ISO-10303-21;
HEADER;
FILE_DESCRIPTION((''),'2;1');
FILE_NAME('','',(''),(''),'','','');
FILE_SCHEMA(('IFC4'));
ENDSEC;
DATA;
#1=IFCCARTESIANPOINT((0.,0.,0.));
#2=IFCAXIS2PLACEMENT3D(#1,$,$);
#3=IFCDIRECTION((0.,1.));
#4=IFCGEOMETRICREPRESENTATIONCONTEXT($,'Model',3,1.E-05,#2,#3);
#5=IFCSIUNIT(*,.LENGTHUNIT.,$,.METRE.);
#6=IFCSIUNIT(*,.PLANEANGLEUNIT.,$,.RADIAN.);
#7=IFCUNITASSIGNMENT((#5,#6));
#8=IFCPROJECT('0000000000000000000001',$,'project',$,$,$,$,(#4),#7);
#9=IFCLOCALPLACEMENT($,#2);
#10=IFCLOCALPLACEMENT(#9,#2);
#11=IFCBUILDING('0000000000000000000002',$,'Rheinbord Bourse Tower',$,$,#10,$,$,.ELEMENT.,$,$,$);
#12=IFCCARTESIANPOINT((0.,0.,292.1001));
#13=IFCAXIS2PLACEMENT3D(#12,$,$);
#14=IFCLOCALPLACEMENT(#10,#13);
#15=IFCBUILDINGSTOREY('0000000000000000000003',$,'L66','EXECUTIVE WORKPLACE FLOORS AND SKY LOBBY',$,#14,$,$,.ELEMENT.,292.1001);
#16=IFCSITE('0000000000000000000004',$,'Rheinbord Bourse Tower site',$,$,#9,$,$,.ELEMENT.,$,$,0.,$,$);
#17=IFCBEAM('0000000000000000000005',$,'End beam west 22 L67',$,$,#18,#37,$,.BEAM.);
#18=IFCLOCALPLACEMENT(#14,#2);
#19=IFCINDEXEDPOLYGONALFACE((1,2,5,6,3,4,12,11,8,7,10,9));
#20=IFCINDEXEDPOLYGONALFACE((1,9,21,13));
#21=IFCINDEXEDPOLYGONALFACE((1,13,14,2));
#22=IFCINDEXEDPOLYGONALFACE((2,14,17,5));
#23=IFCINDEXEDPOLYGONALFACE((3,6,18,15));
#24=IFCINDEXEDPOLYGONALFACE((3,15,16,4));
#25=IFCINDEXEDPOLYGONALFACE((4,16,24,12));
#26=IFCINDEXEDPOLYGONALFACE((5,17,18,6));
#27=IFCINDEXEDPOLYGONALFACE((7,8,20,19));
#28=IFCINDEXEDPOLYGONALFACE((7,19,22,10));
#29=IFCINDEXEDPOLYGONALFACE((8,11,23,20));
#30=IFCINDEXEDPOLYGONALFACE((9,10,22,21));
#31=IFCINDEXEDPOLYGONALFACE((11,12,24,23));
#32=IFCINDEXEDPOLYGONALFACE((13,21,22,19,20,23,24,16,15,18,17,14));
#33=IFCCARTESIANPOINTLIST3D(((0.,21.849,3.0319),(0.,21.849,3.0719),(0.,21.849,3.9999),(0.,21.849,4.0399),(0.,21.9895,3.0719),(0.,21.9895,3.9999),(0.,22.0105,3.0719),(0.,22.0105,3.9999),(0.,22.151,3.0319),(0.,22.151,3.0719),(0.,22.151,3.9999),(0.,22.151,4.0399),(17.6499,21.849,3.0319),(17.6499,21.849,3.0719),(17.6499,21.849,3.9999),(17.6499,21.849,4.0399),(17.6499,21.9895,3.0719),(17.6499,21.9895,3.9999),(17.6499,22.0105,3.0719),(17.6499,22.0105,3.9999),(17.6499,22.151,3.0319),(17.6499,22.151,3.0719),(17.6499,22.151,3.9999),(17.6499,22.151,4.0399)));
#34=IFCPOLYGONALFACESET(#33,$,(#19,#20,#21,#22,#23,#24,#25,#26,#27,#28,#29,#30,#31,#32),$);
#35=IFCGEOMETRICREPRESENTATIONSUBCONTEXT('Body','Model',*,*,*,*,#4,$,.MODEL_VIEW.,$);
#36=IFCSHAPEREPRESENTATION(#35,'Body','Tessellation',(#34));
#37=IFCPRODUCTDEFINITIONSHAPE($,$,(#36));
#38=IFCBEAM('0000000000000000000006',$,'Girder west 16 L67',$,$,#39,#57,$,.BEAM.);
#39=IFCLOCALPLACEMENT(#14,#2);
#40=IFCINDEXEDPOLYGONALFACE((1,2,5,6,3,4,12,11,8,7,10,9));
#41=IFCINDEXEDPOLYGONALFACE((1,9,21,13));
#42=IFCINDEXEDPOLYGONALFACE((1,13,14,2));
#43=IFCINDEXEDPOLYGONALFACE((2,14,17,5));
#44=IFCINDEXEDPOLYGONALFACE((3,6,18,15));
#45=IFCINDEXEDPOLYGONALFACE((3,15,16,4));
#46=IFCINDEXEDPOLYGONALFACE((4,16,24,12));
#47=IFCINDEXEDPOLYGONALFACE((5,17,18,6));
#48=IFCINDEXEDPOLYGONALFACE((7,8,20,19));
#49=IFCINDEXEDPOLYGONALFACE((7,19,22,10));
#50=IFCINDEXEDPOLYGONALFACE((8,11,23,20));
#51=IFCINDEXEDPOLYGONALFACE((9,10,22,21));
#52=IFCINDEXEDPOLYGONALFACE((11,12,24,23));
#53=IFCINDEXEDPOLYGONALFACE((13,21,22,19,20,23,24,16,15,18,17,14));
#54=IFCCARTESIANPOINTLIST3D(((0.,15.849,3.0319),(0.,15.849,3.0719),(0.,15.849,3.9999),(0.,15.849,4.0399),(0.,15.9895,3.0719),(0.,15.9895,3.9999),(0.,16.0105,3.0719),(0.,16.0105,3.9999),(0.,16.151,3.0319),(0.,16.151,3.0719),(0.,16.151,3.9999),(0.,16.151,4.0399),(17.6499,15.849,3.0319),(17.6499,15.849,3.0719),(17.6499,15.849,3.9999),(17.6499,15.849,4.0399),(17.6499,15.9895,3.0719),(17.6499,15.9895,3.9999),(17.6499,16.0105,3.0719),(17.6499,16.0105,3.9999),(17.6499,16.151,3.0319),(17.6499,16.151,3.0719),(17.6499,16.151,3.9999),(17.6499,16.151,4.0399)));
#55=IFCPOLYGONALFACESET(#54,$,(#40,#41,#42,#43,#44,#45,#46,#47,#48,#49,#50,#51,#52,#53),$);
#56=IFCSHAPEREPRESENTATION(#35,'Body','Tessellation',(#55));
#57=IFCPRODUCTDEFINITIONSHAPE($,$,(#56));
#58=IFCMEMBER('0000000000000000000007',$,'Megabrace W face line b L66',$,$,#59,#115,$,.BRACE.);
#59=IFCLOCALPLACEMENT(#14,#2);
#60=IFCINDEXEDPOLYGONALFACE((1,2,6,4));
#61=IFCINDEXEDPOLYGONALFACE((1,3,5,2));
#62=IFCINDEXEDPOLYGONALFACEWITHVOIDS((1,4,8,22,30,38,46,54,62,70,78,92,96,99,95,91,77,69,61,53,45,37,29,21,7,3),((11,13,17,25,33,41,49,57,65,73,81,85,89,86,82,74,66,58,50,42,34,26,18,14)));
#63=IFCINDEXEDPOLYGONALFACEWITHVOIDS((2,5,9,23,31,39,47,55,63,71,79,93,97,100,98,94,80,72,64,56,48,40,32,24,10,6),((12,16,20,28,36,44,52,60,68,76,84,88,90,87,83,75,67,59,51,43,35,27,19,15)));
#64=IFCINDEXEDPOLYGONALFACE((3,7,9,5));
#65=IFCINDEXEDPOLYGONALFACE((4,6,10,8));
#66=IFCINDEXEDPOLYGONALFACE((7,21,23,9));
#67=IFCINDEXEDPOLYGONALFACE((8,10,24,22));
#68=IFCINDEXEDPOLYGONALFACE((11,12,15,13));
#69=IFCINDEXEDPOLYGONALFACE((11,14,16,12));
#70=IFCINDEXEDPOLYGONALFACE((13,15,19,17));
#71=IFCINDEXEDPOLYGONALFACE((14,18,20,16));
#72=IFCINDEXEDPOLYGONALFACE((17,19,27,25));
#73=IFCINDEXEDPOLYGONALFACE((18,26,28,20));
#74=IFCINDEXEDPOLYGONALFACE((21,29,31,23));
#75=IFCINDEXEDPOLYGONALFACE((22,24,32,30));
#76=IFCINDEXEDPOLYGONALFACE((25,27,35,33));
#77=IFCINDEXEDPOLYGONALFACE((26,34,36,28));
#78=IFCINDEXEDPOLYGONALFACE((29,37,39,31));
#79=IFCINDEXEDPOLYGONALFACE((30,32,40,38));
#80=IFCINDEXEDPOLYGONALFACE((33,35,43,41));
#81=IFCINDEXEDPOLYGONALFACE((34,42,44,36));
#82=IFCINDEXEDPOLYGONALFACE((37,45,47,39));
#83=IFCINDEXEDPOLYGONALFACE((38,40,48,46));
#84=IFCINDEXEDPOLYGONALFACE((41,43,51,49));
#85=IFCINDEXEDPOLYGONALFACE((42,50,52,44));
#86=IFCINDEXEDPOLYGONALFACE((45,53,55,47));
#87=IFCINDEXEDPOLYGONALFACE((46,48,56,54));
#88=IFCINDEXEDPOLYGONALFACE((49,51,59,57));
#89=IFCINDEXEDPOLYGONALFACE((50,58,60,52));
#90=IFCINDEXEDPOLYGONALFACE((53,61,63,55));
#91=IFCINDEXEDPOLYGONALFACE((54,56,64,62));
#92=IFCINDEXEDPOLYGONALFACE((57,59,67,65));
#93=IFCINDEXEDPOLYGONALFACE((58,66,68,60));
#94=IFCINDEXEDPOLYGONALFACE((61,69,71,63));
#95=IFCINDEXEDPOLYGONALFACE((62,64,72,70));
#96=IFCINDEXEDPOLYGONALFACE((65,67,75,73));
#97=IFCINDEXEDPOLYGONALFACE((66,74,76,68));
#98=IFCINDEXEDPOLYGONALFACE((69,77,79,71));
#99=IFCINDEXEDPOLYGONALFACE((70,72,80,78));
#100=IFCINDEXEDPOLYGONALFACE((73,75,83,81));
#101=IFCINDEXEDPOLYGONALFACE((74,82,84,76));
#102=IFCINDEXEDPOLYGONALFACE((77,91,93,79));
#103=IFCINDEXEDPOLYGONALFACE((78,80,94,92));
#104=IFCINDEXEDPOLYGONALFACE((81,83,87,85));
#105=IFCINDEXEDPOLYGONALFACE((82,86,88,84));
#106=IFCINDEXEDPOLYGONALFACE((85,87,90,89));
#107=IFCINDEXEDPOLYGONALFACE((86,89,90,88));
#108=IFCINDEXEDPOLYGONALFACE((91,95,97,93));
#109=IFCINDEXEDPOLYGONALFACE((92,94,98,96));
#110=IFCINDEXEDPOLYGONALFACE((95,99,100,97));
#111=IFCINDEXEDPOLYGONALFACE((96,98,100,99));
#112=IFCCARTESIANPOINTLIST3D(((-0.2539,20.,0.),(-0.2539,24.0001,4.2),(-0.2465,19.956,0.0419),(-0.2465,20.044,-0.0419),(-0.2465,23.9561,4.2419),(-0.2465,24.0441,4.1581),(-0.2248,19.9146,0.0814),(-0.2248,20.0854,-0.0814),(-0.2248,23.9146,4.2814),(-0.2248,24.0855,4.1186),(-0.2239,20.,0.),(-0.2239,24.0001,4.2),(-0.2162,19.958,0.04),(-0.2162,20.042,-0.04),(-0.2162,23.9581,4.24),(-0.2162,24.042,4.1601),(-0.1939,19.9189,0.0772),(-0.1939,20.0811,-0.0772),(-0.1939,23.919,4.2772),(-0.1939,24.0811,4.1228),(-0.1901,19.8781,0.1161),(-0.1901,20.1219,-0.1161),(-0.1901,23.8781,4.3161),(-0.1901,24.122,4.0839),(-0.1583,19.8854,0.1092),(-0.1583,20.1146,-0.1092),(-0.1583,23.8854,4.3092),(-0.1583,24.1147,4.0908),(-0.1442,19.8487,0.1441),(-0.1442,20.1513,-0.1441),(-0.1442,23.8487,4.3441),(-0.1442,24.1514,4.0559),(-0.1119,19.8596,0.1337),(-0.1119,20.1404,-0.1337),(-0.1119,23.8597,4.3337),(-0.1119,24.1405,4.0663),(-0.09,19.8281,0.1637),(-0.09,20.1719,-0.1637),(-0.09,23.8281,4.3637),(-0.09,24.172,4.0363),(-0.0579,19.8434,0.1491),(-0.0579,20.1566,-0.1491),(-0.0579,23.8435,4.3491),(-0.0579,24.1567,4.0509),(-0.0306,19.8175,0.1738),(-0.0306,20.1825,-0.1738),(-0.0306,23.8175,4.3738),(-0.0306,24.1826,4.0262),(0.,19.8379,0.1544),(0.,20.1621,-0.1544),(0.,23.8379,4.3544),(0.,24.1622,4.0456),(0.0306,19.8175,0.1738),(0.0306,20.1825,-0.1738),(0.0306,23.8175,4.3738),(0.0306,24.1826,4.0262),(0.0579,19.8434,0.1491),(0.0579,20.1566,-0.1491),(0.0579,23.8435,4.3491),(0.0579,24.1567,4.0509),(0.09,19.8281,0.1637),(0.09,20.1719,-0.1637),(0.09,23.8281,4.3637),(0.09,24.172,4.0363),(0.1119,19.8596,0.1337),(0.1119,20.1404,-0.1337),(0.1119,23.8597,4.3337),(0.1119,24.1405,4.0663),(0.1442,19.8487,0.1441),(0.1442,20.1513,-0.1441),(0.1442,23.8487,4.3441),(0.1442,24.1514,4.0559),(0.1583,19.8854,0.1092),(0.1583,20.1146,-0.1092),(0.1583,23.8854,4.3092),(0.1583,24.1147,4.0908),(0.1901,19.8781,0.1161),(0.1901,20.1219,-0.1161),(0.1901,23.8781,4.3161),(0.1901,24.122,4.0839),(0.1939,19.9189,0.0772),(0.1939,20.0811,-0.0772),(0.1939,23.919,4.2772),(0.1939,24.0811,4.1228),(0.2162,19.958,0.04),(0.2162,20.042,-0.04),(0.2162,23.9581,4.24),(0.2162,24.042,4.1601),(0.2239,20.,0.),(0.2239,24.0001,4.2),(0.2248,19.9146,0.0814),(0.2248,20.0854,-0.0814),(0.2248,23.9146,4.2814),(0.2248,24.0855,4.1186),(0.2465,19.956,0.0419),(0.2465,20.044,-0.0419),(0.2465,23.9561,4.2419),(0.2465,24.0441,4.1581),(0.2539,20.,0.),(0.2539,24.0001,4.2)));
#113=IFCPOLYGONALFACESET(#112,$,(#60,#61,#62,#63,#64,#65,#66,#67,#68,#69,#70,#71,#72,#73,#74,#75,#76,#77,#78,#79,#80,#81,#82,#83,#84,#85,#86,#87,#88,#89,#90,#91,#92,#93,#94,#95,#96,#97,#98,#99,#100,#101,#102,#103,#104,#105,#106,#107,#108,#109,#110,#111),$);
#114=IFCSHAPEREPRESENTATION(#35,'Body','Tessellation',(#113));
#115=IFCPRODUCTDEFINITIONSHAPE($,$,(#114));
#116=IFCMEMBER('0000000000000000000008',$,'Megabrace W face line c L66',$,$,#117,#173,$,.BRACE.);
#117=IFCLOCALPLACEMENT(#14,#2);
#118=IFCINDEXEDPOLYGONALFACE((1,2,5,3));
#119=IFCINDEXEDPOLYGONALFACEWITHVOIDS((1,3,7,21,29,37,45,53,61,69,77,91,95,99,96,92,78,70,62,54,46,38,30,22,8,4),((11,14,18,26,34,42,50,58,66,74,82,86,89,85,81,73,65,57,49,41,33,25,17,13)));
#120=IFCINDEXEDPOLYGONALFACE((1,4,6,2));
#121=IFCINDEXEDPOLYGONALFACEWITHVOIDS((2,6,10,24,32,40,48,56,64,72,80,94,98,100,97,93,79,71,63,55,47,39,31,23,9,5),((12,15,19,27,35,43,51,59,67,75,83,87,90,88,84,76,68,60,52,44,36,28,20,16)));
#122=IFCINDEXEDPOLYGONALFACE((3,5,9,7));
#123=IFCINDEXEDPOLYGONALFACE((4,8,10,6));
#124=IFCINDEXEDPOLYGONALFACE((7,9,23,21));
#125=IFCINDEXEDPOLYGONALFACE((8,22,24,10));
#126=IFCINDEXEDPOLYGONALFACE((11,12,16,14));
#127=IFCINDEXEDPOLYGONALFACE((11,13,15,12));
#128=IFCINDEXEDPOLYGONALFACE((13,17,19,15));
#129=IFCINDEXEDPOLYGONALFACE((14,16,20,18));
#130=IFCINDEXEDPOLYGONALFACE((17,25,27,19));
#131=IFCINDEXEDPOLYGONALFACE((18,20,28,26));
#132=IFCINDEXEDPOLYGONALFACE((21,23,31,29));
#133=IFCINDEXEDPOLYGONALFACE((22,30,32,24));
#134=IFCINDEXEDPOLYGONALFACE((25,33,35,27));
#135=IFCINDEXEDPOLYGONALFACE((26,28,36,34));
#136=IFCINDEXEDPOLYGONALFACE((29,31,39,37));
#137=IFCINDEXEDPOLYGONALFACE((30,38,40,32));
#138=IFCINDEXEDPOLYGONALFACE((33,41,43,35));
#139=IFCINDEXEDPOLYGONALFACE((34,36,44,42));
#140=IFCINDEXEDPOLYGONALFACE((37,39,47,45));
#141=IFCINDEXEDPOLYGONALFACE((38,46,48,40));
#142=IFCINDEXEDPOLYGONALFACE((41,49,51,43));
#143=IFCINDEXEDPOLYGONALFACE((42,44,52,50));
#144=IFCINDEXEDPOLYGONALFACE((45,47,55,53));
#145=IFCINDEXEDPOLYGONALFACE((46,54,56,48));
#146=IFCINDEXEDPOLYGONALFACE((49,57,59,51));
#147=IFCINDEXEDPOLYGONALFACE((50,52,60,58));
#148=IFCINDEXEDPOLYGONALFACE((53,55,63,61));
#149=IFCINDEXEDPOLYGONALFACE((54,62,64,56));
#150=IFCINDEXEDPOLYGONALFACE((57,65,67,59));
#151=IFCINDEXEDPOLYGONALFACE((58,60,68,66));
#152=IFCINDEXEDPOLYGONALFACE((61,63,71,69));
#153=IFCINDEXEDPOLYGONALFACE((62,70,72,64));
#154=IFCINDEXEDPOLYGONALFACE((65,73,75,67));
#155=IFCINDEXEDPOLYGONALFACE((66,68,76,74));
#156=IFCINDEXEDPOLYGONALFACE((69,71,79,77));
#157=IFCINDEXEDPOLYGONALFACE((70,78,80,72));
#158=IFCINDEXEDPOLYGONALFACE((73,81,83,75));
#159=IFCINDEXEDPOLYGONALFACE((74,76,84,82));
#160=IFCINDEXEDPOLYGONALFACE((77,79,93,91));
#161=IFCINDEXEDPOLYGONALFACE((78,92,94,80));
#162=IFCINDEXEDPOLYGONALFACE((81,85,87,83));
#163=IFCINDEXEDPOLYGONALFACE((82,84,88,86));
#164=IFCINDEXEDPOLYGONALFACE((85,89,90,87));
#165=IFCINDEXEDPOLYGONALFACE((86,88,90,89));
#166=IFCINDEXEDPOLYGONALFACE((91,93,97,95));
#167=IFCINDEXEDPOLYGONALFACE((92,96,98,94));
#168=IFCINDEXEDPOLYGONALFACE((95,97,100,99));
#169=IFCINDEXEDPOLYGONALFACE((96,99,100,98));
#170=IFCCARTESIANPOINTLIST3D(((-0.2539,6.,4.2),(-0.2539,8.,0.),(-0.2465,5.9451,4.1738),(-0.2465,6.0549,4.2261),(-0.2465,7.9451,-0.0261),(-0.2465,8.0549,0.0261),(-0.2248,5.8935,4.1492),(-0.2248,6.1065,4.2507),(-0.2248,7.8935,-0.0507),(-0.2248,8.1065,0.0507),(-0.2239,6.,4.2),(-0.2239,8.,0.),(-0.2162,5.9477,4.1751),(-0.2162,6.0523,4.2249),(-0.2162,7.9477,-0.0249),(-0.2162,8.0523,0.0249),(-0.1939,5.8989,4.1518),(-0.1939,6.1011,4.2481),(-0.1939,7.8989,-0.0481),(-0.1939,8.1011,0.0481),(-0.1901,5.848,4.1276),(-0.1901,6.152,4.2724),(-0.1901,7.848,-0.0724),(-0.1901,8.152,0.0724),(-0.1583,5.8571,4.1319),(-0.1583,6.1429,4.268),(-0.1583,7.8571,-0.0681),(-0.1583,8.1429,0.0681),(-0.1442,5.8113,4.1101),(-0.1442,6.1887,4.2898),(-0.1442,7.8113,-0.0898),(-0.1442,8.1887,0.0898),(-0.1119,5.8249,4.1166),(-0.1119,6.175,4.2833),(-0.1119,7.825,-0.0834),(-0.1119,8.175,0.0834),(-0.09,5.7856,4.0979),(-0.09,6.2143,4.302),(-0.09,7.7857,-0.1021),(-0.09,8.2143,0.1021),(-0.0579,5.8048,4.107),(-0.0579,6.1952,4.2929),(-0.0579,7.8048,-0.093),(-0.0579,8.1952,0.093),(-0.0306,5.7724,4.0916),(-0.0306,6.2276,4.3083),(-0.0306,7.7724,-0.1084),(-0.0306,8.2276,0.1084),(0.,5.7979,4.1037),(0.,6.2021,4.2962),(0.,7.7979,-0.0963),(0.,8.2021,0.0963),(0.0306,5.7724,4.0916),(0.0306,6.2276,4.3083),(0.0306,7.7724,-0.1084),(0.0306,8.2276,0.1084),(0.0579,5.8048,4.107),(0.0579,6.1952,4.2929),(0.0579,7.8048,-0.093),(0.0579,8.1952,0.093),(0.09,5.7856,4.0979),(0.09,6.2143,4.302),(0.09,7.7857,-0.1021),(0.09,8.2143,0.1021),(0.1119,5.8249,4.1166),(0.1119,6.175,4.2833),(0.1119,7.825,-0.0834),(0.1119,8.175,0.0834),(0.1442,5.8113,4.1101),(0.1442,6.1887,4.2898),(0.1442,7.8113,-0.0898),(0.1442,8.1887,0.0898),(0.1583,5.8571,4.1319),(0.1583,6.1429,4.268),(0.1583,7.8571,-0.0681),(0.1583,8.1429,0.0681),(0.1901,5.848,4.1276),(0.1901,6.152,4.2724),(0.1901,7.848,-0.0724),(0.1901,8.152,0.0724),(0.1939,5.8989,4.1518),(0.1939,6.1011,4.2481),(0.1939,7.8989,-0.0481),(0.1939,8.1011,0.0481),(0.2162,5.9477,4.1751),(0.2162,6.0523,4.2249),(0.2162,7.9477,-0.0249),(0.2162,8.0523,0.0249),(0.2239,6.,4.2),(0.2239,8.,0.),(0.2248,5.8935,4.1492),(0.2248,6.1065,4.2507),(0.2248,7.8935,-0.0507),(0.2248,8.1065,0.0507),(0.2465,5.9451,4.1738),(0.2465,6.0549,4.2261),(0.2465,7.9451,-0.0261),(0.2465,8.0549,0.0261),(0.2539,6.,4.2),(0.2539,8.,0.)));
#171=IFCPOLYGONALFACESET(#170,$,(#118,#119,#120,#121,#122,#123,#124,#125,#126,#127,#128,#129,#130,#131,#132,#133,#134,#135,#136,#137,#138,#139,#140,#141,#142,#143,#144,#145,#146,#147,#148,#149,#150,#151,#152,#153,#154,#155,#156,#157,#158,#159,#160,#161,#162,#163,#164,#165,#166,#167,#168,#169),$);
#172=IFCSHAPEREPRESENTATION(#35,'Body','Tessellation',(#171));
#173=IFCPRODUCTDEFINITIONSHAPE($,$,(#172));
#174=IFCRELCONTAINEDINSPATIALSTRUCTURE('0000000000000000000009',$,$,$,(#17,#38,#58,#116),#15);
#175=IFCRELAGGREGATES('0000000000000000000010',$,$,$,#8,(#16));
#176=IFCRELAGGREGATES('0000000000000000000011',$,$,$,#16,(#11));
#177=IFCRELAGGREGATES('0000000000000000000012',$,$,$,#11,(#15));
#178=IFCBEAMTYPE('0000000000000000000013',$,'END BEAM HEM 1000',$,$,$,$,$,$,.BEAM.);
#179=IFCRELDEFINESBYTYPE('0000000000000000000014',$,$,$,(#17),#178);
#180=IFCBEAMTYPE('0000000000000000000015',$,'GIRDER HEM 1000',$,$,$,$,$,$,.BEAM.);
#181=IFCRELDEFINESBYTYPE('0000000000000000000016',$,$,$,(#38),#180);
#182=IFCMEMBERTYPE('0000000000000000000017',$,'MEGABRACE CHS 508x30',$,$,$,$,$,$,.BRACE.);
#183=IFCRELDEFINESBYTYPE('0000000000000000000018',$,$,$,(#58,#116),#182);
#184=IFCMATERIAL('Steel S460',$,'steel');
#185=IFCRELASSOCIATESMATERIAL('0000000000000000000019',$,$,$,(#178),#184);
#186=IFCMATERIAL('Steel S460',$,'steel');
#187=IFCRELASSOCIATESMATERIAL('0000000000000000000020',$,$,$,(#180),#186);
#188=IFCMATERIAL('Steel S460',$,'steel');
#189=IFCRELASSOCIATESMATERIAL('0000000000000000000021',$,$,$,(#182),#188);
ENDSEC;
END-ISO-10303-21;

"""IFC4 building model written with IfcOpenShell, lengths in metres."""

from ifc_helpers import new_model, si_unit, direction, frame, origin, origin_2d, place, context, subcontext, project, spatial, hollow_circle, i_section, extrude, material, material_profile, profile_set, type_object, element, save


model = new_model("IFC4")

# Units and contexts
model_context = context("Model", 3, precision=1e-05, world=origin(), true_north=direction((0.0, 1.0)))
body_context = subcontext(model_context, "Body", "Model", "MODEL_VIEW")
ifc_project = project(units=[si_unit("LENGTHUNIT", "METRE"), si_unit("PLANEANGLEUNIT", "RADIAN")], contexts=[model_context])

# Site, building, storey
site_placement = place(None, origin())
site = spatial("IfcSite", under=ifc_project, at=site_placement, Name="Rheinbord Bourse Tower site", CompositionType="ELEMENT", RefElevation=0.0)
building_placement = place(site_placement, origin())
building = spatial("IfcBuilding", under=site, at=building_placement, Name="Rheinbord Bourse Tower", CompositionType="ELEMENT")
storey_placement = place(building_placement, frame((0.0, 0.0, 292.1001)))
storey = spatial("IfcBuildingStorey", under=building, at=storey_placement, Name="L66", Description="EXECUTIVE WORKPLACE FLOORS AND SKY LOBBY", CompositionType="ELEMENT", Elevation=292.1001)

# Beams
ifc_material_1 = material(Name="Steel S460", Category="steel")
ifc_material_profile_1 = material_profile(ifc_material_1, i_section(OverallWidth=0.302, OverallDepth=1.0081, WebThickness=0.021, FlangeThickness=0.04, at=origin_2d()), Name="HEM 1000")
ifc_profile_set_1 = profile_set([ifc_material_profile_1], Name="Steel S460")
beam_type_1 = type_object("IfcBeamType", Name="END BEAM HEM 1000", PredefinedType="BEAM", material=ifc_profile_set_1)
for number, where, z_axis, x_axis, name in (
    (1, (0.0, 22.0, 3.5359), (1.0, 0.0, 0.0), (0.0, 1.0, 0.0), "End beam west 22 L67"),
):
    element("IfcBeam", number, at=place(storey_placement, frame(where, z_axis=z_axis, x_axis=x_axis)), inside=storey, type_object=beam_type_1, Name=name, PredefinedType="BEAM", context=body_context, shape_type="SweptSolid", body=[
        extrude(i_section(OverallWidth=0.302, OverallDepth=1.0081, WebThickness=0.021, FlangeThickness=0.04, at=origin_2d()), origin(), (0.0, 0.0, 1.0), 17.6499),
    ])
ifc_material_2 = material(Name="Steel S460", Category="steel")
ifc_material_profile_2 = material_profile(ifc_material_2, i_section(OverallWidth=0.302, OverallDepth=1.0081, WebThickness=0.021, FlangeThickness=0.04, at=origin_2d()), Name="HEM 1000")
ifc_profile_set_2 = profile_set([ifc_material_profile_2], Name="Steel S460")
beam_type_2 = type_object("IfcBeamType", Name="GIRDER HEM 1000", PredefinedType="BEAM", material=ifc_profile_set_2)
beam_1_placement = place(storey_placement, frame((0.0, 16.0, 3.5359), z_axis=(1.0, 0.0, 0.0), x_axis=(0.0, 1.0, 0.0)))
element("IfcBeam", 2, at=beam_1_placement, inside=storey, type_object=beam_type_2, Name="Girder west 16 L67", PredefinedType="BEAM", context=body_context, shape_type="SweptSolid", body=[
    extrude(i_section(OverallWidth=0.302, OverallDepth=1.0081, WebThickness=0.021, FlangeThickness=0.04, at=origin_2d()), origin(), (0.0, 0.0, 1.0), 17.6499),
])

# Members
ifc_material_3 = material(Name="Steel S460", Category="steel")
ifc_material_profile_3 = material_profile(ifc_material_3, hollow_circle(Radius=0.2539, WallThickness=0.03, at=origin_2d()), Name="CHS 508x30")
ifc_profile_set_3 = profile_set([ifc_material_profile_3], Name="Steel S460")
member_type_1 = type_object("IfcMemberType", Name="MEGABRACE CHS 508x30", PredefinedType="BRACE", material=ifc_profile_set_3)
member_1_placement = place(storey_placement, frame((0.0, 20.0, 0.0), z_axis=(0.0, 0.689659, 0.724134), x_axis=(-1.0, 0.0, 0.0)))
element("IfcMember", 3, at=member_1_placement, inside=storey, type_object=member_type_1, Name="Megabrace W face line b L66", PredefinedType="BRACE", context=body_context, shape_type="SweptSolid", body=[
    extrude(hollow_circle(Radius=0.2539, WallThickness=0.03, at=origin_2d()), origin(), (0.0, 0.0, 1.0), 5.8),
])
member_2_placement = place(storey_placement, frame((0.0, 8.0, 0.0), z_axis=(0.0, -0.429938, 0.902859), x_axis=(1.0, 0.0, 0.0)))
element("IfcMember", 4, at=member_2_placement, inside=storey, type_object=member_type_1, Name="Megabrace W face line c L66", PredefinedType="BRACE", context=body_context, shape_type="SweptSolid", body=[
    extrude(hollow_circle(Radius=0.2539, WallThickness=0.03, at=origin_2d()), origin(), (0.0, 0.0, 1.0), 4.6519),
])

save(model, "model.ifc")
